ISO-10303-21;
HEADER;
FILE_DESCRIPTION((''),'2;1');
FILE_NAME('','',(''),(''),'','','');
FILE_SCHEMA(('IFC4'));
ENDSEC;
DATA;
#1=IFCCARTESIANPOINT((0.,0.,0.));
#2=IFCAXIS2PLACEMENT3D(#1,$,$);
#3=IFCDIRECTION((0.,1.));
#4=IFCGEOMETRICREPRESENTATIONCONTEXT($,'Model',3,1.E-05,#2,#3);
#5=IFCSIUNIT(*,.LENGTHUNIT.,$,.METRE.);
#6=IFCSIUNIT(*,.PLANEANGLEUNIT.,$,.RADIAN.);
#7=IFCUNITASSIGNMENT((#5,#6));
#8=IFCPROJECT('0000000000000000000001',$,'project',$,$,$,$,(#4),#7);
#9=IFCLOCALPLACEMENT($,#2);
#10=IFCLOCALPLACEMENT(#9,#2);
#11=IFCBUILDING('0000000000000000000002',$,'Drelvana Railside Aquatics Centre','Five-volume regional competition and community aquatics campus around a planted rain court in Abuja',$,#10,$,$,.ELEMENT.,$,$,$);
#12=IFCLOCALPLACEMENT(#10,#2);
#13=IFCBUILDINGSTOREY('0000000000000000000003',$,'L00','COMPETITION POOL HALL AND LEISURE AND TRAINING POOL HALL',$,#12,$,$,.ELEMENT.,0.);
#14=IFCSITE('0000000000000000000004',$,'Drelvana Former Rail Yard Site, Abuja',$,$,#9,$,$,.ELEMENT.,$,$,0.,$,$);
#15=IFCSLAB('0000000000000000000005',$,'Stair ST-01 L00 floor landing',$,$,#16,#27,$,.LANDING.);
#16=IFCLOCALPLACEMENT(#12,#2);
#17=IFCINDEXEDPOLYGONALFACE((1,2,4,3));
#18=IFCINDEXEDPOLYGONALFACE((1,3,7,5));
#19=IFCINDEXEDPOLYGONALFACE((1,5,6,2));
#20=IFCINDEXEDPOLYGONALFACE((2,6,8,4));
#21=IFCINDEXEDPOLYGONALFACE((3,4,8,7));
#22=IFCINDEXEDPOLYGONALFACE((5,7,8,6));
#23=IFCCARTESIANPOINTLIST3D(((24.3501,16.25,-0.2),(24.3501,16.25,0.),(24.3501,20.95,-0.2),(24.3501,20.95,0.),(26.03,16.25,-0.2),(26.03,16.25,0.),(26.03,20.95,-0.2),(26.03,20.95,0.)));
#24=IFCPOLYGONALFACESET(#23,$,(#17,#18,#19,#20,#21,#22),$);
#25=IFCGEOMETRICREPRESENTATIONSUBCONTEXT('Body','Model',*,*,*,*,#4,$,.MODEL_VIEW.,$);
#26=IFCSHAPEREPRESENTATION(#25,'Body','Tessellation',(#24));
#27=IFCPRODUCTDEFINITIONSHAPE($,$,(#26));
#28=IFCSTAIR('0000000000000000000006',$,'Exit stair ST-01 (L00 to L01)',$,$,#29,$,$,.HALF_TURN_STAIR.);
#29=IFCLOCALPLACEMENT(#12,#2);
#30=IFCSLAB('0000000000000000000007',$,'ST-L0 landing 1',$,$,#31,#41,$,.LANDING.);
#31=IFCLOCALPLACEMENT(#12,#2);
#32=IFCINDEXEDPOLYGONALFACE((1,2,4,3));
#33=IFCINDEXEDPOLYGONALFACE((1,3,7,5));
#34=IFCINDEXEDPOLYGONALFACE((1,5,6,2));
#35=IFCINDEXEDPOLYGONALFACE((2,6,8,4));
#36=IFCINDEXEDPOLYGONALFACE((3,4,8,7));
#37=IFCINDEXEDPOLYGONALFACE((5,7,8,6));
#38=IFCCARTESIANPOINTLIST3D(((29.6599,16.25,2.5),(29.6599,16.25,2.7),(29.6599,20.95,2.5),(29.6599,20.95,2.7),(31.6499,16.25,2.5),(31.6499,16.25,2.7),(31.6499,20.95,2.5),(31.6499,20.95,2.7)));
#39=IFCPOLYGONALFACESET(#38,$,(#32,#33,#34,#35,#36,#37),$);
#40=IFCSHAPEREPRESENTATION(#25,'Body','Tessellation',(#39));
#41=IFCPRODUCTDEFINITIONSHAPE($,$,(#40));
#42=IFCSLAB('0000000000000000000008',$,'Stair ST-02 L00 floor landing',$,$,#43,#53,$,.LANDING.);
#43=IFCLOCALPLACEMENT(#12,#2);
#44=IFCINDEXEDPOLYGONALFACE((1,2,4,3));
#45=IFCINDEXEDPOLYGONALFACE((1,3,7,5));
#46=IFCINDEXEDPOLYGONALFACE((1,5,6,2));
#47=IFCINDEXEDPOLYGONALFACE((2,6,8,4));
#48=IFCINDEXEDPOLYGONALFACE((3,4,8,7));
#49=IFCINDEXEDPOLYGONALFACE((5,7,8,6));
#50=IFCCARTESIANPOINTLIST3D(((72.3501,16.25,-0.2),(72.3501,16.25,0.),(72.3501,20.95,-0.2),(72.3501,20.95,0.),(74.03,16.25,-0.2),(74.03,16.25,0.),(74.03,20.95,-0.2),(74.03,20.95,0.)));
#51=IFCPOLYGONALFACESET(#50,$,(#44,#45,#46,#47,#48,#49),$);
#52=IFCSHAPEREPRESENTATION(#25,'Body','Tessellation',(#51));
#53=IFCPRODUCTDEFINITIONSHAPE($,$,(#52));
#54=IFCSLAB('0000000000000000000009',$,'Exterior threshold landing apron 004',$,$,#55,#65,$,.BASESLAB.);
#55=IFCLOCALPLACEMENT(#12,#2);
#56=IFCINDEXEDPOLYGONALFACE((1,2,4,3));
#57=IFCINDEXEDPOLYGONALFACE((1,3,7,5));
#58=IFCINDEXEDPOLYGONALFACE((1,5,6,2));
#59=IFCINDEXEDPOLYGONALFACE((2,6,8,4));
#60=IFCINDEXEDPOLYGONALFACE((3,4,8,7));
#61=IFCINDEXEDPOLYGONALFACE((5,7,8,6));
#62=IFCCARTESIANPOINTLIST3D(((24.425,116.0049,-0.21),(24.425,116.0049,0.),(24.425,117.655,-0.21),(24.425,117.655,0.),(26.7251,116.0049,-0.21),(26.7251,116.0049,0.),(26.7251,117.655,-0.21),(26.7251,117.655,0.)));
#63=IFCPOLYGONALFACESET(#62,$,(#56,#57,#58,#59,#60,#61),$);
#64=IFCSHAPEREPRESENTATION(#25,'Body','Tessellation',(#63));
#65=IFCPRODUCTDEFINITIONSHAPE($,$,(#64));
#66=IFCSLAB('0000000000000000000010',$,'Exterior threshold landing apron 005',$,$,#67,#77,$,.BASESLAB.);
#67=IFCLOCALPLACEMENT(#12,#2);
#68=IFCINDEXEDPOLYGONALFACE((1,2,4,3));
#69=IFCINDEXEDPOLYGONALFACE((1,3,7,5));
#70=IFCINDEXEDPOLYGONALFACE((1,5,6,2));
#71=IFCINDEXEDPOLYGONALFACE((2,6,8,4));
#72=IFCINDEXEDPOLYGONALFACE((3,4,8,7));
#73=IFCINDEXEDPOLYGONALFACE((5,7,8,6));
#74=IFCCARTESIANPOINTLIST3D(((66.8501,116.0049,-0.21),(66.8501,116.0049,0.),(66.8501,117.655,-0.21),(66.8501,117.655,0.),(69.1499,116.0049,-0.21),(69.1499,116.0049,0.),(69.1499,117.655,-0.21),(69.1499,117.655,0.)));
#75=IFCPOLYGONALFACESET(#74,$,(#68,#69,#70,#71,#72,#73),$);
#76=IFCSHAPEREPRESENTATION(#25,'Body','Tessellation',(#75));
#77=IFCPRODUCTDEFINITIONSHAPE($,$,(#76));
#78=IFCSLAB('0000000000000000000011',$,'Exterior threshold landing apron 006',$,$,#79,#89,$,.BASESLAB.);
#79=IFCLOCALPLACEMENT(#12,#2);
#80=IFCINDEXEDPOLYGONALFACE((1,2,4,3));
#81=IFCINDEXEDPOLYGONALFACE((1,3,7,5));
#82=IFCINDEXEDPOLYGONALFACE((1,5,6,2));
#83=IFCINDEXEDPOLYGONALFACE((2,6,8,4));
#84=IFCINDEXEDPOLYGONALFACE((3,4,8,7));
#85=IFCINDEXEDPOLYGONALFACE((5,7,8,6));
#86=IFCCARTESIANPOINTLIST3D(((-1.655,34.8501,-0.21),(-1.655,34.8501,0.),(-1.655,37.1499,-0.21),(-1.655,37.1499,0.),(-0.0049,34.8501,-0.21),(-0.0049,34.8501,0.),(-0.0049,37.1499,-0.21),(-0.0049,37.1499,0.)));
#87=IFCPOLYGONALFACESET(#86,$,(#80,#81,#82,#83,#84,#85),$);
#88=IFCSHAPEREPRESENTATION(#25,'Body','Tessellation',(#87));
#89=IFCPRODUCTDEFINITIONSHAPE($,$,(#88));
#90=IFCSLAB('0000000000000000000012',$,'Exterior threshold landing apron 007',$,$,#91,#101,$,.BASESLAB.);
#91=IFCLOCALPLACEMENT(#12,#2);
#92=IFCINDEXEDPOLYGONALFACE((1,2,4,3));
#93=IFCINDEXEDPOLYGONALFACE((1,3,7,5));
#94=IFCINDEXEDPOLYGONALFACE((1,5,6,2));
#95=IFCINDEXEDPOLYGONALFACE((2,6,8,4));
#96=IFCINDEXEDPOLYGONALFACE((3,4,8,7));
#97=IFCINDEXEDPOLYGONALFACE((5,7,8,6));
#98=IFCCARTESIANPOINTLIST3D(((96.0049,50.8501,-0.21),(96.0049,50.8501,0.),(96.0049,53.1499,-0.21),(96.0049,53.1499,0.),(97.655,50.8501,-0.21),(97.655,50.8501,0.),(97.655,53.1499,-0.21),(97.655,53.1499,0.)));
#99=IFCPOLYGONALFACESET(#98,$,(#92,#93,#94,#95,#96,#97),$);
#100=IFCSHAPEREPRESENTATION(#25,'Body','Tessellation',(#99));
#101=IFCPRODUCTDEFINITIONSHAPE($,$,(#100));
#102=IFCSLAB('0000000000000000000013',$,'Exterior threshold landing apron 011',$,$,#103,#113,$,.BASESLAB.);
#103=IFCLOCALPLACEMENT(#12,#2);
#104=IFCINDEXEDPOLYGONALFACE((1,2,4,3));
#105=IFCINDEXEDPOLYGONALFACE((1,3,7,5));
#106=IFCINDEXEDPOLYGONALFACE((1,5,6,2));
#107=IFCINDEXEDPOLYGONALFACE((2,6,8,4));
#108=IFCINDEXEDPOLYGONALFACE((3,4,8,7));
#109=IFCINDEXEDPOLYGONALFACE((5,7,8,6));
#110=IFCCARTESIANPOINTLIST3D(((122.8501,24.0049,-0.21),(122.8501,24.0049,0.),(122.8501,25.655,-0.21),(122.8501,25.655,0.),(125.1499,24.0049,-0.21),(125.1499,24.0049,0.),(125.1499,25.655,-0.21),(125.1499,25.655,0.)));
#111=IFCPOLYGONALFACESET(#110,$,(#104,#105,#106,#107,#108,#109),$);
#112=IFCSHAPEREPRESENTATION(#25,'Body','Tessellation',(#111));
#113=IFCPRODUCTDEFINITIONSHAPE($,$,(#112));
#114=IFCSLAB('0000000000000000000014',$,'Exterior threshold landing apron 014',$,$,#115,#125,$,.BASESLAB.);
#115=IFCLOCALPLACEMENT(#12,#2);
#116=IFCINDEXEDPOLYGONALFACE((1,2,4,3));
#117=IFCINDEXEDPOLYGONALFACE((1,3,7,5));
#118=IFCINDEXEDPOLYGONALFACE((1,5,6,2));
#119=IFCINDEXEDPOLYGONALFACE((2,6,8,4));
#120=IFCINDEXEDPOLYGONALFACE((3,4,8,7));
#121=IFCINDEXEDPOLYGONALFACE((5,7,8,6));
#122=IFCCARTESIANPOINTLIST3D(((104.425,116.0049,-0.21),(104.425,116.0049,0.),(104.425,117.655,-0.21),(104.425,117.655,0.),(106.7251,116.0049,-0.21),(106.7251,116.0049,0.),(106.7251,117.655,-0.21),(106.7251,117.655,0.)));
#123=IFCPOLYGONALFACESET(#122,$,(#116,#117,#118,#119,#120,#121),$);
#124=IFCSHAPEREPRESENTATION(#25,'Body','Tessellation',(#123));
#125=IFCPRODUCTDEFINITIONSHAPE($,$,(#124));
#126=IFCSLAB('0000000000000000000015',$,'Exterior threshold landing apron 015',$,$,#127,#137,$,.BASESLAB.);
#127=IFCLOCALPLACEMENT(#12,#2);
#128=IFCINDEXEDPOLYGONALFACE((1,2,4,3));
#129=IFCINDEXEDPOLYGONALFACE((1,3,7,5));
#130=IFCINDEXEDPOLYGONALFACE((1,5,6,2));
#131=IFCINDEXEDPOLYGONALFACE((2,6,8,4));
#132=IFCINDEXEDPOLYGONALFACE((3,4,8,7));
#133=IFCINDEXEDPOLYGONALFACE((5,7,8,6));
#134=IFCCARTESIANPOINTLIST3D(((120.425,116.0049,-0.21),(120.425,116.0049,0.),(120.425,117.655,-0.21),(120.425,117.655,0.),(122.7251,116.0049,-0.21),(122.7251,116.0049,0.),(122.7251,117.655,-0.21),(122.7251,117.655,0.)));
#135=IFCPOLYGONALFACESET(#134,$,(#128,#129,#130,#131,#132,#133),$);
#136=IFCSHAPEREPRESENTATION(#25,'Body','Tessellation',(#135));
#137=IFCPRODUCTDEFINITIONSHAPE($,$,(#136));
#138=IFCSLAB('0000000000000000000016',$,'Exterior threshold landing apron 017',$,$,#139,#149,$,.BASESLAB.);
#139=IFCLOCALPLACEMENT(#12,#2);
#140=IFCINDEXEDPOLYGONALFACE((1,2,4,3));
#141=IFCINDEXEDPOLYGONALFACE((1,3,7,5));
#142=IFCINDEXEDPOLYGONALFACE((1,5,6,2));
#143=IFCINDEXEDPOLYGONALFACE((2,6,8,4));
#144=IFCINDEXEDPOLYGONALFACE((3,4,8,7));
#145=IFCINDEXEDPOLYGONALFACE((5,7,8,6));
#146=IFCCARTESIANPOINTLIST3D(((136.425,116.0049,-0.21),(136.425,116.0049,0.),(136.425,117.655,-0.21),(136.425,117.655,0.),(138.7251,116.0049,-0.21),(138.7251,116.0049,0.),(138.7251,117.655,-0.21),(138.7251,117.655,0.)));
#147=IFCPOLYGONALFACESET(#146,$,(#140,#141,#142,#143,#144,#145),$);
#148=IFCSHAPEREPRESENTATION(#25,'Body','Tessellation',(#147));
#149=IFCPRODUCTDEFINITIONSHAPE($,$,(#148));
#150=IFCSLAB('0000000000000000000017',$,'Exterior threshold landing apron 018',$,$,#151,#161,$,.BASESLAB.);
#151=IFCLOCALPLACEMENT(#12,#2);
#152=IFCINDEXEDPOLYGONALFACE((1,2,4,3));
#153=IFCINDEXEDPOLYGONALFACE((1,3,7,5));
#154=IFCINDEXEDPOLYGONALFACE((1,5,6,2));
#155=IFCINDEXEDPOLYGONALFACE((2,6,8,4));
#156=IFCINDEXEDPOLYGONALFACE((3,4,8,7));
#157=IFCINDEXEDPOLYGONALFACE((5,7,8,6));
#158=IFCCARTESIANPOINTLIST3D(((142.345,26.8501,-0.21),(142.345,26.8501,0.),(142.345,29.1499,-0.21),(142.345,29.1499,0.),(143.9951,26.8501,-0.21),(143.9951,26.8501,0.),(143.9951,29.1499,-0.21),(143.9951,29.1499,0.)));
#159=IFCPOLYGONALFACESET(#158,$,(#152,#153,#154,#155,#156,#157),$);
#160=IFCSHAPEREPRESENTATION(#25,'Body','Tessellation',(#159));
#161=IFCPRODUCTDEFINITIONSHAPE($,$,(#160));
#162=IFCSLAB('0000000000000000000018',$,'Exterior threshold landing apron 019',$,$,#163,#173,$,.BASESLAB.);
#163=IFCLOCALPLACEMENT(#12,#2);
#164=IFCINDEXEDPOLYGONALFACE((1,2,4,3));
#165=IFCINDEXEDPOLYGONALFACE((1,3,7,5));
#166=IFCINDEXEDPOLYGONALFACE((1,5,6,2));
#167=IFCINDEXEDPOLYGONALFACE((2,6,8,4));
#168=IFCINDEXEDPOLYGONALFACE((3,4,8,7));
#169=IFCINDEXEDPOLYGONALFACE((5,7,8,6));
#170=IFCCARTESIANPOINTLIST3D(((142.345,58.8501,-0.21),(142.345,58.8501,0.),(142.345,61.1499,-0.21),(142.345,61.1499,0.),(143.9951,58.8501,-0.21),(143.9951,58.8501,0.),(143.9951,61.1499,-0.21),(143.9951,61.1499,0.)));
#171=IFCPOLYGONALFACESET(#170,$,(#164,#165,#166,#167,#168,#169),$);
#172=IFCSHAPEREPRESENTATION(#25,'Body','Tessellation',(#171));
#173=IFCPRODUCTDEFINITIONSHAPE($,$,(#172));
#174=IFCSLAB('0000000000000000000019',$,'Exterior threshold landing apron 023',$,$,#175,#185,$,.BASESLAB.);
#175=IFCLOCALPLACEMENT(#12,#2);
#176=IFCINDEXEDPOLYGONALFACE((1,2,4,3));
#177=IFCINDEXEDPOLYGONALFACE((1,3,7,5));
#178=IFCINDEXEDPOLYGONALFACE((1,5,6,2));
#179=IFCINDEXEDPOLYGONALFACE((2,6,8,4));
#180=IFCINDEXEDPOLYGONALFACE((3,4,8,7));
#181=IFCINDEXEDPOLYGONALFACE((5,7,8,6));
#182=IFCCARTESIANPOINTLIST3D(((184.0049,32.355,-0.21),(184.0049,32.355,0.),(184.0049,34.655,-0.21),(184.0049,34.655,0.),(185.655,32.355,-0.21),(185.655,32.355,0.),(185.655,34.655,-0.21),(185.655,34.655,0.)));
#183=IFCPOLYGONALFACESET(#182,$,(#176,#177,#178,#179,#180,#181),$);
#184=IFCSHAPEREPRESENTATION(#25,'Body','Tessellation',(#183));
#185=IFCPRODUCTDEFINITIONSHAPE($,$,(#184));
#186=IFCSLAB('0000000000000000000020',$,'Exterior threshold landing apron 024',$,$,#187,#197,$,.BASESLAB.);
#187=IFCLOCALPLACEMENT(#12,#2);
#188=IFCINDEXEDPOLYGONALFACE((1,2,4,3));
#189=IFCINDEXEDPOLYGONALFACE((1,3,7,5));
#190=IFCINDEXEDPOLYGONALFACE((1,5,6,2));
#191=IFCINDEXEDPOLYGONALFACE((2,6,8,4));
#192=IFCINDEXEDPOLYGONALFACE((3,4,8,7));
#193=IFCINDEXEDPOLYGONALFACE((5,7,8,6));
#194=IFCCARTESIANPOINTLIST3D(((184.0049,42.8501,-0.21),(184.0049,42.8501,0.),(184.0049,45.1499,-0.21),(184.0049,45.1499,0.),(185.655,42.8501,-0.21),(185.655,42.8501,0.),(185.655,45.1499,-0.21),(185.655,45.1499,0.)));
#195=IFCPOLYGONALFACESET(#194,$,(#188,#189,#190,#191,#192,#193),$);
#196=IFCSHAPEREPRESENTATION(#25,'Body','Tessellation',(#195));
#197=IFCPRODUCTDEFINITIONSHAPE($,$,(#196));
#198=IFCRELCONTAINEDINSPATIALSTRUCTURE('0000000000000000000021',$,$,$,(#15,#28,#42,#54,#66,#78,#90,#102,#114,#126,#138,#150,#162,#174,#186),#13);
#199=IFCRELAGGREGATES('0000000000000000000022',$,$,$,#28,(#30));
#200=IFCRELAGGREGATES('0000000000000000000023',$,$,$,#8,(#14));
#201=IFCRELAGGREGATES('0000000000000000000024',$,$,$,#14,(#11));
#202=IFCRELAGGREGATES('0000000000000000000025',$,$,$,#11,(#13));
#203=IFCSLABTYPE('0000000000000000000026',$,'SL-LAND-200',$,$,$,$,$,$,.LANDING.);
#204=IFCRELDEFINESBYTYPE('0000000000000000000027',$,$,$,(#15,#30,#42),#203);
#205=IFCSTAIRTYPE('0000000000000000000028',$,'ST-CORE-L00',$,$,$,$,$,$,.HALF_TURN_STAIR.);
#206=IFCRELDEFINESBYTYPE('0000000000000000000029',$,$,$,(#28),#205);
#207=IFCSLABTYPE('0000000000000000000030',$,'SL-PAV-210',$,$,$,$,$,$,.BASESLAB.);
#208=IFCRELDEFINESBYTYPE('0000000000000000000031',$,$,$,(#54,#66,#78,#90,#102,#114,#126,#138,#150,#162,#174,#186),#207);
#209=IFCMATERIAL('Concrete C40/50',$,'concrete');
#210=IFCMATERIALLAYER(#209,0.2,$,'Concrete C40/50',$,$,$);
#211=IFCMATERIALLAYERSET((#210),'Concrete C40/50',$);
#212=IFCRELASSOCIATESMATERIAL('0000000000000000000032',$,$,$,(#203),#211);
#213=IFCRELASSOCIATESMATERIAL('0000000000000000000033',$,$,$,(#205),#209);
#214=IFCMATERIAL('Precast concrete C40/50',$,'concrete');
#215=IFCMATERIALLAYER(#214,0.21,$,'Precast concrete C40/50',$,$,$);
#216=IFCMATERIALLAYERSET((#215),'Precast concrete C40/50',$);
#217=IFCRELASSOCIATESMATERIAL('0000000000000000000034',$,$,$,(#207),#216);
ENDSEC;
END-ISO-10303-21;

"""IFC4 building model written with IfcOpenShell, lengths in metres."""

from ifc_helpers import new_model, si_unit, direction, frame, origin, place, context, subcontext, project, spatial, polyline, outline, extrude, material, layer, layer_set, type_object, element, aggregate, save


model = new_model("IFC4")

# Units and contexts
model_context = context("Model", 3, precision=1e-05, world=origin(), true_north=direction((0.0, 1.0)))
body_context = subcontext(model_context, "Body", "Model", "MODEL_VIEW")
ifc_project = project(units=[si_unit("LENGTHUNIT", "METRE"), si_unit("PLANEANGLEUNIT", "RADIAN")], contexts=[model_context])

# Site, building, storey
site_placement = place(None, origin())
site = spatial("IfcSite", under=ifc_project, at=site_placement, Name="Drelvana Former Rail Yard Site, Abuja", CompositionType="ELEMENT", RefElevation=0.0)
building_placement = place(site_placement, origin())
building = spatial("IfcBuilding", under=site, at=building_placement, Name="Drelvana Railside Aquatics Centre", Description="Five-volume regional competition and community aquatics campus around a planted rain court in Abuja", CompositionType="ELEMENT")
storey_placement = place(building_placement, origin())
storey = spatial("IfcBuildingStorey", under=building, at=storey_placement, Name="L00", Description="COMPETITION POOL HALL AND LEISURE AND TRAINING POOL HALL", CompositionType="ELEMENT", Elevation=0.0)

# Slab
ifc_material_1 = material(Name="Concrete C40/50", Category="concrete")
ifc_layer_1 = layer(ifc_material_1, 0.2, Name="Concrete C40/50")
ifc_layer_set_1 = layer_set([ifc_layer_1], Name="Concrete C40/50")
slab_type_1 = type_object("IfcSlabType", Name="SL-LAND-200", PredefinedType="LANDING", material=ifc_layer_set_1)
slab_1_placement = place(storey_placement, frame((0.0, 0.0, -0.2)))
element("IfcSlab", 1, at=slab_1_placement, inside=storey, type_object=slab_type_1, Name="Stair ST-01 L00 floor landing", PredefinedType="LANDING", context=body_context, shape_type="SweptSolid", body=[
    extrude(outline(polyline([(24.3501, 16.25), (26.03, 16.25), (26.03, 20.95), (24.3501, 20.95), (24.3501, 16.25)])), origin(), (0.0, 0.0, 1.0), 0.2),
])

# Stair, slab
stair_type = type_object("IfcStairType", Name="ST-CORE-L00", PredefinedType="HALF_TURN_STAIR", material=ifc_material_1)
stair_placement = place(storey_placement, origin())
stair = element("IfcStair", 2, at=stair_placement, inside=storey, type_object=stair_type, Name="Exit stair ST-01 (L00 to L01)", PredefinedType="HALF_TURN_STAIR")
slab_2_placement = place(storey_placement, frame((0.0, 0.0, 2.5)))
slab_2 = element("IfcSlab", 3, at=slab_2_placement, type_object=slab_type_1, Name="ST-L0 landing 1", PredefinedType="LANDING", context=body_context, shape_type="SweptSolid", body=[
    extrude(outline(polyline([(29.6599, 16.25), (31.6499, 16.25), (31.6499, 20.95), (29.6599, 20.95), (29.6599, 16.25)])), origin(), (0.0, 0.0, 1.0), 0.2),
])
aggregate(stair, [slab_2])

# Slabs
slab_3_placement = place(storey_placement, frame((0.0, 0.0, -0.2)))
element("IfcSlab", 4, at=slab_3_placement, inside=storey, type_object=slab_type_1, Name="Stair ST-02 L00 floor landing", PredefinedType="LANDING", context=body_context, shape_type="SweptSolid", body=[
    extrude(outline(polyline([(72.3501, 16.25), (74.03, 16.25), (74.03, 20.95), (72.3501, 20.95), (72.3501, 16.25)])), origin(), (0.0, 0.0, 1.0), 0.2),
])
ifc_material_2 = material(Name="Precast concrete C40/50", Category="concrete")
ifc_layer_2 = layer(ifc_material_2, 0.21, Name="Precast concrete C40/50")
ifc_layer_set_2 = layer_set([ifc_layer_2], Name="Precast concrete C40/50")
slab_type_2 = type_object("IfcSlabType", Name="SL-PAV-210", PredefinedType="BASESLAB", material=ifc_layer_set_2)
slab_4_placement = place(storey_placement, frame((0.0, 0.0, -0.21)))
element("IfcSlab", 5, at=slab_4_placement, inside=storey, type_object=slab_type_2, Name="Exterior threshold landing apron 004", PredefinedType="BASESLAB", context=body_context, shape_type="SweptSolid", body=[
    extrude(outline(polyline([(24.425, 116.0049), (26.7251, 116.0049), (26.7251, 117.655), (24.425, 117.655), (24.425, 116.0049)])), origin(), (0.0, 0.0, 1.0), 0.21),
])
slab_5_placement = place(storey_placement, frame((0.0, 0.0, -0.21)))
element("IfcSlab", 6, at=slab_5_placement, inside=storey, type_object=slab_type_2, Name="Exterior threshold landing apron 005", PredefinedType="BASESLAB", context=body_context, shape_type="SweptSolid", body=[
    extrude(outline(polyline([(66.8501, 116.0049), (69.1499, 116.0049), (69.1499, 117.655), (66.8501, 117.655), (66.8501, 116.0049)])), origin(), (0.0, 0.0, 1.0), 0.21),
])
slab_6_placement = place(storey_placement, frame((0.0, 0.0, -0.21)))
element("IfcSlab", 7, at=slab_6_placement, inside=storey, type_object=slab_type_2, Name="Exterior threshold landing apron 006", PredefinedType="BASESLAB", context=body_context, shape_type="SweptSolid", body=[
    extrude(outline(polyline([(-1.655, 34.8501), (-0.0049, 34.8501), (-0.0049, 37.1499), (-1.655, 37.1499), (-1.655, 34.8501)])), origin(), (0.0, 0.0, 1.0), 0.21),
])
slab_7_placement = place(storey_placement, frame((0.0, 0.0, -0.21)))
element("IfcSlab", 8, at=slab_7_placement, inside=storey, type_object=slab_type_2, Name="Exterior threshold landing apron 007", PredefinedType="BASESLAB", context=body_context, shape_type="SweptSolid", body=[
    extrude(outline(polyline([(96.0049, 50.8501), (97.655, 50.8501), (97.655, 53.1499), (96.0049, 53.1499), (96.0049, 50.8501)])), origin(), (0.0, 0.0, 1.0), 0.21),
])
slab_8_placement = place(storey_placement, frame((0.0, 0.0, -0.21)))
element("IfcSlab", 9, at=slab_8_placement, inside=storey, type_object=slab_type_2, Name="Exterior threshold landing apron 011", PredefinedType="BASESLAB", context=body_context, shape_type="SweptSolid", body=[
    extrude(outline(polyline([(122.8501, 24.0049), (125.1499, 24.0049), (125.1499, 25.655), (122.8501, 25.655), (122.8501, 24.0049)])), origin(), (0.0, 0.0, 1.0), 0.21),
])
slab_9_placement = place(storey_placement, frame((0.0, 0.0, -0.21)))
element("IfcSlab", 10, at=slab_9_placement, inside=storey, type_object=slab_type_2, Name="Exterior threshold landing apron 014", PredefinedType="BASESLAB", context=body_context, shape_type="SweptSolid", body=[
    extrude(outline(polyline([(104.425, 116.0049), (106.7251, 116.0049), (106.7251, 117.655), (104.425, 117.655), (104.425, 116.0049)])), origin(), (0.0, 0.0, 1.0), 0.21),
])
slab_10_placement = place(storey_placement, frame((0.0, 0.0, -0.21)))
element("IfcSlab", 11, at=slab_10_placement, inside=storey, type_object=slab_type_2, Name="Exterior threshold landing apron 015", PredefinedType="BASESLAB", context=body_context, shape_type="SweptSolid", body=[
    extrude(outline(polyline([(120.425, 116.0049), (122.7251, 116.0049), (122.7251, 117.655), (120.425, 117.655), (120.425, 116.0049)])), origin(), (0.0, 0.0, 1.0), 0.21),
])
slab_11_placement = place(storey_placement, frame((0.0, 0.0, -0.21)))
element("IfcSlab", 12, at=slab_11_placement, inside=storey, type_object=slab_type_2, Name="Exterior threshold landing apron 017", PredefinedType="BASESLAB", context=body_context, shape_type="SweptSolid", body=[
    extrude(outline(polyline([(136.425, 116.0049), (138.7251, 116.0049), (138.7251, 117.655), (136.425, 117.655), (136.425, 116.0049)])), origin(), (0.0, 0.0, 1.0), 0.21),
])
slab_12_placement = place(storey_placement, frame((0.0, 0.0, -0.21)))
element("IfcSlab", 13, at=slab_12_placement, inside=storey, type_object=slab_type_2, Name="Exterior threshold landing apron 018", PredefinedType="BASESLAB", context=body_context, shape_type="SweptSolid", body=[
    extrude(outline(polyline([(142.345, 26.8501), (143.9951, 26.8501), (143.9951, 29.1499), (142.345, 29.1499), (142.345, 26.8501)])), origin(), (0.0, 0.0, 1.0), 0.21),
])
slab_13_placement = place(storey_placement, frame((0.0, 0.0, -0.21)))
element("IfcSlab", 14, at=slab_13_placement, inside=storey, type_object=slab_type_2, Name="Exterior threshold landing apron 019", PredefinedType="BASESLAB", context=body_context, shape_type="SweptSolid", body=[
    extrude(outline(polyline([(142.345, 58.8501), (143.9951, 58.8501), (143.9951, 61.1499), (142.345, 61.1499), (142.345, 58.8501)])), origin(), (0.0, 0.0, 1.0), 0.21),
])
slab_14_placement = place(storey_placement, frame((0.0, 0.0, -0.21)))
element("IfcSlab", 15, at=slab_14_placement, inside=storey, type_object=slab_type_2, Name="Exterior threshold landing apron 023", PredefinedType="BASESLAB", context=body_context, shape_type="SweptSolid", body=[
    extrude(outline(polyline([(184.0049, 32.355), (185.655, 32.355), (185.655, 34.655), (184.0049, 34.655), (184.0049, 32.355)])), origin(), (0.0, 0.0, 1.0), 0.21),
])
slab_15_placement = place(storey_placement, frame((0.0, 0.0, -0.21)))
element("IfcSlab", 16, at=slab_15_placement, inside=storey, type_object=slab_type_2, Name="Exterior threshold landing apron 024", PredefinedType="BASESLAB", context=body_context, shape_type="SweptSolid", body=[
    extrude(outline(polyline([(184.0049, 42.8501), (185.655, 42.8501), (185.655, 45.1499), (184.0049, 45.1499), (184.0049, 42.8501)])), origin(), (0.0, 0.0, 1.0), 0.21),
])

save(model, "model.ifc")
